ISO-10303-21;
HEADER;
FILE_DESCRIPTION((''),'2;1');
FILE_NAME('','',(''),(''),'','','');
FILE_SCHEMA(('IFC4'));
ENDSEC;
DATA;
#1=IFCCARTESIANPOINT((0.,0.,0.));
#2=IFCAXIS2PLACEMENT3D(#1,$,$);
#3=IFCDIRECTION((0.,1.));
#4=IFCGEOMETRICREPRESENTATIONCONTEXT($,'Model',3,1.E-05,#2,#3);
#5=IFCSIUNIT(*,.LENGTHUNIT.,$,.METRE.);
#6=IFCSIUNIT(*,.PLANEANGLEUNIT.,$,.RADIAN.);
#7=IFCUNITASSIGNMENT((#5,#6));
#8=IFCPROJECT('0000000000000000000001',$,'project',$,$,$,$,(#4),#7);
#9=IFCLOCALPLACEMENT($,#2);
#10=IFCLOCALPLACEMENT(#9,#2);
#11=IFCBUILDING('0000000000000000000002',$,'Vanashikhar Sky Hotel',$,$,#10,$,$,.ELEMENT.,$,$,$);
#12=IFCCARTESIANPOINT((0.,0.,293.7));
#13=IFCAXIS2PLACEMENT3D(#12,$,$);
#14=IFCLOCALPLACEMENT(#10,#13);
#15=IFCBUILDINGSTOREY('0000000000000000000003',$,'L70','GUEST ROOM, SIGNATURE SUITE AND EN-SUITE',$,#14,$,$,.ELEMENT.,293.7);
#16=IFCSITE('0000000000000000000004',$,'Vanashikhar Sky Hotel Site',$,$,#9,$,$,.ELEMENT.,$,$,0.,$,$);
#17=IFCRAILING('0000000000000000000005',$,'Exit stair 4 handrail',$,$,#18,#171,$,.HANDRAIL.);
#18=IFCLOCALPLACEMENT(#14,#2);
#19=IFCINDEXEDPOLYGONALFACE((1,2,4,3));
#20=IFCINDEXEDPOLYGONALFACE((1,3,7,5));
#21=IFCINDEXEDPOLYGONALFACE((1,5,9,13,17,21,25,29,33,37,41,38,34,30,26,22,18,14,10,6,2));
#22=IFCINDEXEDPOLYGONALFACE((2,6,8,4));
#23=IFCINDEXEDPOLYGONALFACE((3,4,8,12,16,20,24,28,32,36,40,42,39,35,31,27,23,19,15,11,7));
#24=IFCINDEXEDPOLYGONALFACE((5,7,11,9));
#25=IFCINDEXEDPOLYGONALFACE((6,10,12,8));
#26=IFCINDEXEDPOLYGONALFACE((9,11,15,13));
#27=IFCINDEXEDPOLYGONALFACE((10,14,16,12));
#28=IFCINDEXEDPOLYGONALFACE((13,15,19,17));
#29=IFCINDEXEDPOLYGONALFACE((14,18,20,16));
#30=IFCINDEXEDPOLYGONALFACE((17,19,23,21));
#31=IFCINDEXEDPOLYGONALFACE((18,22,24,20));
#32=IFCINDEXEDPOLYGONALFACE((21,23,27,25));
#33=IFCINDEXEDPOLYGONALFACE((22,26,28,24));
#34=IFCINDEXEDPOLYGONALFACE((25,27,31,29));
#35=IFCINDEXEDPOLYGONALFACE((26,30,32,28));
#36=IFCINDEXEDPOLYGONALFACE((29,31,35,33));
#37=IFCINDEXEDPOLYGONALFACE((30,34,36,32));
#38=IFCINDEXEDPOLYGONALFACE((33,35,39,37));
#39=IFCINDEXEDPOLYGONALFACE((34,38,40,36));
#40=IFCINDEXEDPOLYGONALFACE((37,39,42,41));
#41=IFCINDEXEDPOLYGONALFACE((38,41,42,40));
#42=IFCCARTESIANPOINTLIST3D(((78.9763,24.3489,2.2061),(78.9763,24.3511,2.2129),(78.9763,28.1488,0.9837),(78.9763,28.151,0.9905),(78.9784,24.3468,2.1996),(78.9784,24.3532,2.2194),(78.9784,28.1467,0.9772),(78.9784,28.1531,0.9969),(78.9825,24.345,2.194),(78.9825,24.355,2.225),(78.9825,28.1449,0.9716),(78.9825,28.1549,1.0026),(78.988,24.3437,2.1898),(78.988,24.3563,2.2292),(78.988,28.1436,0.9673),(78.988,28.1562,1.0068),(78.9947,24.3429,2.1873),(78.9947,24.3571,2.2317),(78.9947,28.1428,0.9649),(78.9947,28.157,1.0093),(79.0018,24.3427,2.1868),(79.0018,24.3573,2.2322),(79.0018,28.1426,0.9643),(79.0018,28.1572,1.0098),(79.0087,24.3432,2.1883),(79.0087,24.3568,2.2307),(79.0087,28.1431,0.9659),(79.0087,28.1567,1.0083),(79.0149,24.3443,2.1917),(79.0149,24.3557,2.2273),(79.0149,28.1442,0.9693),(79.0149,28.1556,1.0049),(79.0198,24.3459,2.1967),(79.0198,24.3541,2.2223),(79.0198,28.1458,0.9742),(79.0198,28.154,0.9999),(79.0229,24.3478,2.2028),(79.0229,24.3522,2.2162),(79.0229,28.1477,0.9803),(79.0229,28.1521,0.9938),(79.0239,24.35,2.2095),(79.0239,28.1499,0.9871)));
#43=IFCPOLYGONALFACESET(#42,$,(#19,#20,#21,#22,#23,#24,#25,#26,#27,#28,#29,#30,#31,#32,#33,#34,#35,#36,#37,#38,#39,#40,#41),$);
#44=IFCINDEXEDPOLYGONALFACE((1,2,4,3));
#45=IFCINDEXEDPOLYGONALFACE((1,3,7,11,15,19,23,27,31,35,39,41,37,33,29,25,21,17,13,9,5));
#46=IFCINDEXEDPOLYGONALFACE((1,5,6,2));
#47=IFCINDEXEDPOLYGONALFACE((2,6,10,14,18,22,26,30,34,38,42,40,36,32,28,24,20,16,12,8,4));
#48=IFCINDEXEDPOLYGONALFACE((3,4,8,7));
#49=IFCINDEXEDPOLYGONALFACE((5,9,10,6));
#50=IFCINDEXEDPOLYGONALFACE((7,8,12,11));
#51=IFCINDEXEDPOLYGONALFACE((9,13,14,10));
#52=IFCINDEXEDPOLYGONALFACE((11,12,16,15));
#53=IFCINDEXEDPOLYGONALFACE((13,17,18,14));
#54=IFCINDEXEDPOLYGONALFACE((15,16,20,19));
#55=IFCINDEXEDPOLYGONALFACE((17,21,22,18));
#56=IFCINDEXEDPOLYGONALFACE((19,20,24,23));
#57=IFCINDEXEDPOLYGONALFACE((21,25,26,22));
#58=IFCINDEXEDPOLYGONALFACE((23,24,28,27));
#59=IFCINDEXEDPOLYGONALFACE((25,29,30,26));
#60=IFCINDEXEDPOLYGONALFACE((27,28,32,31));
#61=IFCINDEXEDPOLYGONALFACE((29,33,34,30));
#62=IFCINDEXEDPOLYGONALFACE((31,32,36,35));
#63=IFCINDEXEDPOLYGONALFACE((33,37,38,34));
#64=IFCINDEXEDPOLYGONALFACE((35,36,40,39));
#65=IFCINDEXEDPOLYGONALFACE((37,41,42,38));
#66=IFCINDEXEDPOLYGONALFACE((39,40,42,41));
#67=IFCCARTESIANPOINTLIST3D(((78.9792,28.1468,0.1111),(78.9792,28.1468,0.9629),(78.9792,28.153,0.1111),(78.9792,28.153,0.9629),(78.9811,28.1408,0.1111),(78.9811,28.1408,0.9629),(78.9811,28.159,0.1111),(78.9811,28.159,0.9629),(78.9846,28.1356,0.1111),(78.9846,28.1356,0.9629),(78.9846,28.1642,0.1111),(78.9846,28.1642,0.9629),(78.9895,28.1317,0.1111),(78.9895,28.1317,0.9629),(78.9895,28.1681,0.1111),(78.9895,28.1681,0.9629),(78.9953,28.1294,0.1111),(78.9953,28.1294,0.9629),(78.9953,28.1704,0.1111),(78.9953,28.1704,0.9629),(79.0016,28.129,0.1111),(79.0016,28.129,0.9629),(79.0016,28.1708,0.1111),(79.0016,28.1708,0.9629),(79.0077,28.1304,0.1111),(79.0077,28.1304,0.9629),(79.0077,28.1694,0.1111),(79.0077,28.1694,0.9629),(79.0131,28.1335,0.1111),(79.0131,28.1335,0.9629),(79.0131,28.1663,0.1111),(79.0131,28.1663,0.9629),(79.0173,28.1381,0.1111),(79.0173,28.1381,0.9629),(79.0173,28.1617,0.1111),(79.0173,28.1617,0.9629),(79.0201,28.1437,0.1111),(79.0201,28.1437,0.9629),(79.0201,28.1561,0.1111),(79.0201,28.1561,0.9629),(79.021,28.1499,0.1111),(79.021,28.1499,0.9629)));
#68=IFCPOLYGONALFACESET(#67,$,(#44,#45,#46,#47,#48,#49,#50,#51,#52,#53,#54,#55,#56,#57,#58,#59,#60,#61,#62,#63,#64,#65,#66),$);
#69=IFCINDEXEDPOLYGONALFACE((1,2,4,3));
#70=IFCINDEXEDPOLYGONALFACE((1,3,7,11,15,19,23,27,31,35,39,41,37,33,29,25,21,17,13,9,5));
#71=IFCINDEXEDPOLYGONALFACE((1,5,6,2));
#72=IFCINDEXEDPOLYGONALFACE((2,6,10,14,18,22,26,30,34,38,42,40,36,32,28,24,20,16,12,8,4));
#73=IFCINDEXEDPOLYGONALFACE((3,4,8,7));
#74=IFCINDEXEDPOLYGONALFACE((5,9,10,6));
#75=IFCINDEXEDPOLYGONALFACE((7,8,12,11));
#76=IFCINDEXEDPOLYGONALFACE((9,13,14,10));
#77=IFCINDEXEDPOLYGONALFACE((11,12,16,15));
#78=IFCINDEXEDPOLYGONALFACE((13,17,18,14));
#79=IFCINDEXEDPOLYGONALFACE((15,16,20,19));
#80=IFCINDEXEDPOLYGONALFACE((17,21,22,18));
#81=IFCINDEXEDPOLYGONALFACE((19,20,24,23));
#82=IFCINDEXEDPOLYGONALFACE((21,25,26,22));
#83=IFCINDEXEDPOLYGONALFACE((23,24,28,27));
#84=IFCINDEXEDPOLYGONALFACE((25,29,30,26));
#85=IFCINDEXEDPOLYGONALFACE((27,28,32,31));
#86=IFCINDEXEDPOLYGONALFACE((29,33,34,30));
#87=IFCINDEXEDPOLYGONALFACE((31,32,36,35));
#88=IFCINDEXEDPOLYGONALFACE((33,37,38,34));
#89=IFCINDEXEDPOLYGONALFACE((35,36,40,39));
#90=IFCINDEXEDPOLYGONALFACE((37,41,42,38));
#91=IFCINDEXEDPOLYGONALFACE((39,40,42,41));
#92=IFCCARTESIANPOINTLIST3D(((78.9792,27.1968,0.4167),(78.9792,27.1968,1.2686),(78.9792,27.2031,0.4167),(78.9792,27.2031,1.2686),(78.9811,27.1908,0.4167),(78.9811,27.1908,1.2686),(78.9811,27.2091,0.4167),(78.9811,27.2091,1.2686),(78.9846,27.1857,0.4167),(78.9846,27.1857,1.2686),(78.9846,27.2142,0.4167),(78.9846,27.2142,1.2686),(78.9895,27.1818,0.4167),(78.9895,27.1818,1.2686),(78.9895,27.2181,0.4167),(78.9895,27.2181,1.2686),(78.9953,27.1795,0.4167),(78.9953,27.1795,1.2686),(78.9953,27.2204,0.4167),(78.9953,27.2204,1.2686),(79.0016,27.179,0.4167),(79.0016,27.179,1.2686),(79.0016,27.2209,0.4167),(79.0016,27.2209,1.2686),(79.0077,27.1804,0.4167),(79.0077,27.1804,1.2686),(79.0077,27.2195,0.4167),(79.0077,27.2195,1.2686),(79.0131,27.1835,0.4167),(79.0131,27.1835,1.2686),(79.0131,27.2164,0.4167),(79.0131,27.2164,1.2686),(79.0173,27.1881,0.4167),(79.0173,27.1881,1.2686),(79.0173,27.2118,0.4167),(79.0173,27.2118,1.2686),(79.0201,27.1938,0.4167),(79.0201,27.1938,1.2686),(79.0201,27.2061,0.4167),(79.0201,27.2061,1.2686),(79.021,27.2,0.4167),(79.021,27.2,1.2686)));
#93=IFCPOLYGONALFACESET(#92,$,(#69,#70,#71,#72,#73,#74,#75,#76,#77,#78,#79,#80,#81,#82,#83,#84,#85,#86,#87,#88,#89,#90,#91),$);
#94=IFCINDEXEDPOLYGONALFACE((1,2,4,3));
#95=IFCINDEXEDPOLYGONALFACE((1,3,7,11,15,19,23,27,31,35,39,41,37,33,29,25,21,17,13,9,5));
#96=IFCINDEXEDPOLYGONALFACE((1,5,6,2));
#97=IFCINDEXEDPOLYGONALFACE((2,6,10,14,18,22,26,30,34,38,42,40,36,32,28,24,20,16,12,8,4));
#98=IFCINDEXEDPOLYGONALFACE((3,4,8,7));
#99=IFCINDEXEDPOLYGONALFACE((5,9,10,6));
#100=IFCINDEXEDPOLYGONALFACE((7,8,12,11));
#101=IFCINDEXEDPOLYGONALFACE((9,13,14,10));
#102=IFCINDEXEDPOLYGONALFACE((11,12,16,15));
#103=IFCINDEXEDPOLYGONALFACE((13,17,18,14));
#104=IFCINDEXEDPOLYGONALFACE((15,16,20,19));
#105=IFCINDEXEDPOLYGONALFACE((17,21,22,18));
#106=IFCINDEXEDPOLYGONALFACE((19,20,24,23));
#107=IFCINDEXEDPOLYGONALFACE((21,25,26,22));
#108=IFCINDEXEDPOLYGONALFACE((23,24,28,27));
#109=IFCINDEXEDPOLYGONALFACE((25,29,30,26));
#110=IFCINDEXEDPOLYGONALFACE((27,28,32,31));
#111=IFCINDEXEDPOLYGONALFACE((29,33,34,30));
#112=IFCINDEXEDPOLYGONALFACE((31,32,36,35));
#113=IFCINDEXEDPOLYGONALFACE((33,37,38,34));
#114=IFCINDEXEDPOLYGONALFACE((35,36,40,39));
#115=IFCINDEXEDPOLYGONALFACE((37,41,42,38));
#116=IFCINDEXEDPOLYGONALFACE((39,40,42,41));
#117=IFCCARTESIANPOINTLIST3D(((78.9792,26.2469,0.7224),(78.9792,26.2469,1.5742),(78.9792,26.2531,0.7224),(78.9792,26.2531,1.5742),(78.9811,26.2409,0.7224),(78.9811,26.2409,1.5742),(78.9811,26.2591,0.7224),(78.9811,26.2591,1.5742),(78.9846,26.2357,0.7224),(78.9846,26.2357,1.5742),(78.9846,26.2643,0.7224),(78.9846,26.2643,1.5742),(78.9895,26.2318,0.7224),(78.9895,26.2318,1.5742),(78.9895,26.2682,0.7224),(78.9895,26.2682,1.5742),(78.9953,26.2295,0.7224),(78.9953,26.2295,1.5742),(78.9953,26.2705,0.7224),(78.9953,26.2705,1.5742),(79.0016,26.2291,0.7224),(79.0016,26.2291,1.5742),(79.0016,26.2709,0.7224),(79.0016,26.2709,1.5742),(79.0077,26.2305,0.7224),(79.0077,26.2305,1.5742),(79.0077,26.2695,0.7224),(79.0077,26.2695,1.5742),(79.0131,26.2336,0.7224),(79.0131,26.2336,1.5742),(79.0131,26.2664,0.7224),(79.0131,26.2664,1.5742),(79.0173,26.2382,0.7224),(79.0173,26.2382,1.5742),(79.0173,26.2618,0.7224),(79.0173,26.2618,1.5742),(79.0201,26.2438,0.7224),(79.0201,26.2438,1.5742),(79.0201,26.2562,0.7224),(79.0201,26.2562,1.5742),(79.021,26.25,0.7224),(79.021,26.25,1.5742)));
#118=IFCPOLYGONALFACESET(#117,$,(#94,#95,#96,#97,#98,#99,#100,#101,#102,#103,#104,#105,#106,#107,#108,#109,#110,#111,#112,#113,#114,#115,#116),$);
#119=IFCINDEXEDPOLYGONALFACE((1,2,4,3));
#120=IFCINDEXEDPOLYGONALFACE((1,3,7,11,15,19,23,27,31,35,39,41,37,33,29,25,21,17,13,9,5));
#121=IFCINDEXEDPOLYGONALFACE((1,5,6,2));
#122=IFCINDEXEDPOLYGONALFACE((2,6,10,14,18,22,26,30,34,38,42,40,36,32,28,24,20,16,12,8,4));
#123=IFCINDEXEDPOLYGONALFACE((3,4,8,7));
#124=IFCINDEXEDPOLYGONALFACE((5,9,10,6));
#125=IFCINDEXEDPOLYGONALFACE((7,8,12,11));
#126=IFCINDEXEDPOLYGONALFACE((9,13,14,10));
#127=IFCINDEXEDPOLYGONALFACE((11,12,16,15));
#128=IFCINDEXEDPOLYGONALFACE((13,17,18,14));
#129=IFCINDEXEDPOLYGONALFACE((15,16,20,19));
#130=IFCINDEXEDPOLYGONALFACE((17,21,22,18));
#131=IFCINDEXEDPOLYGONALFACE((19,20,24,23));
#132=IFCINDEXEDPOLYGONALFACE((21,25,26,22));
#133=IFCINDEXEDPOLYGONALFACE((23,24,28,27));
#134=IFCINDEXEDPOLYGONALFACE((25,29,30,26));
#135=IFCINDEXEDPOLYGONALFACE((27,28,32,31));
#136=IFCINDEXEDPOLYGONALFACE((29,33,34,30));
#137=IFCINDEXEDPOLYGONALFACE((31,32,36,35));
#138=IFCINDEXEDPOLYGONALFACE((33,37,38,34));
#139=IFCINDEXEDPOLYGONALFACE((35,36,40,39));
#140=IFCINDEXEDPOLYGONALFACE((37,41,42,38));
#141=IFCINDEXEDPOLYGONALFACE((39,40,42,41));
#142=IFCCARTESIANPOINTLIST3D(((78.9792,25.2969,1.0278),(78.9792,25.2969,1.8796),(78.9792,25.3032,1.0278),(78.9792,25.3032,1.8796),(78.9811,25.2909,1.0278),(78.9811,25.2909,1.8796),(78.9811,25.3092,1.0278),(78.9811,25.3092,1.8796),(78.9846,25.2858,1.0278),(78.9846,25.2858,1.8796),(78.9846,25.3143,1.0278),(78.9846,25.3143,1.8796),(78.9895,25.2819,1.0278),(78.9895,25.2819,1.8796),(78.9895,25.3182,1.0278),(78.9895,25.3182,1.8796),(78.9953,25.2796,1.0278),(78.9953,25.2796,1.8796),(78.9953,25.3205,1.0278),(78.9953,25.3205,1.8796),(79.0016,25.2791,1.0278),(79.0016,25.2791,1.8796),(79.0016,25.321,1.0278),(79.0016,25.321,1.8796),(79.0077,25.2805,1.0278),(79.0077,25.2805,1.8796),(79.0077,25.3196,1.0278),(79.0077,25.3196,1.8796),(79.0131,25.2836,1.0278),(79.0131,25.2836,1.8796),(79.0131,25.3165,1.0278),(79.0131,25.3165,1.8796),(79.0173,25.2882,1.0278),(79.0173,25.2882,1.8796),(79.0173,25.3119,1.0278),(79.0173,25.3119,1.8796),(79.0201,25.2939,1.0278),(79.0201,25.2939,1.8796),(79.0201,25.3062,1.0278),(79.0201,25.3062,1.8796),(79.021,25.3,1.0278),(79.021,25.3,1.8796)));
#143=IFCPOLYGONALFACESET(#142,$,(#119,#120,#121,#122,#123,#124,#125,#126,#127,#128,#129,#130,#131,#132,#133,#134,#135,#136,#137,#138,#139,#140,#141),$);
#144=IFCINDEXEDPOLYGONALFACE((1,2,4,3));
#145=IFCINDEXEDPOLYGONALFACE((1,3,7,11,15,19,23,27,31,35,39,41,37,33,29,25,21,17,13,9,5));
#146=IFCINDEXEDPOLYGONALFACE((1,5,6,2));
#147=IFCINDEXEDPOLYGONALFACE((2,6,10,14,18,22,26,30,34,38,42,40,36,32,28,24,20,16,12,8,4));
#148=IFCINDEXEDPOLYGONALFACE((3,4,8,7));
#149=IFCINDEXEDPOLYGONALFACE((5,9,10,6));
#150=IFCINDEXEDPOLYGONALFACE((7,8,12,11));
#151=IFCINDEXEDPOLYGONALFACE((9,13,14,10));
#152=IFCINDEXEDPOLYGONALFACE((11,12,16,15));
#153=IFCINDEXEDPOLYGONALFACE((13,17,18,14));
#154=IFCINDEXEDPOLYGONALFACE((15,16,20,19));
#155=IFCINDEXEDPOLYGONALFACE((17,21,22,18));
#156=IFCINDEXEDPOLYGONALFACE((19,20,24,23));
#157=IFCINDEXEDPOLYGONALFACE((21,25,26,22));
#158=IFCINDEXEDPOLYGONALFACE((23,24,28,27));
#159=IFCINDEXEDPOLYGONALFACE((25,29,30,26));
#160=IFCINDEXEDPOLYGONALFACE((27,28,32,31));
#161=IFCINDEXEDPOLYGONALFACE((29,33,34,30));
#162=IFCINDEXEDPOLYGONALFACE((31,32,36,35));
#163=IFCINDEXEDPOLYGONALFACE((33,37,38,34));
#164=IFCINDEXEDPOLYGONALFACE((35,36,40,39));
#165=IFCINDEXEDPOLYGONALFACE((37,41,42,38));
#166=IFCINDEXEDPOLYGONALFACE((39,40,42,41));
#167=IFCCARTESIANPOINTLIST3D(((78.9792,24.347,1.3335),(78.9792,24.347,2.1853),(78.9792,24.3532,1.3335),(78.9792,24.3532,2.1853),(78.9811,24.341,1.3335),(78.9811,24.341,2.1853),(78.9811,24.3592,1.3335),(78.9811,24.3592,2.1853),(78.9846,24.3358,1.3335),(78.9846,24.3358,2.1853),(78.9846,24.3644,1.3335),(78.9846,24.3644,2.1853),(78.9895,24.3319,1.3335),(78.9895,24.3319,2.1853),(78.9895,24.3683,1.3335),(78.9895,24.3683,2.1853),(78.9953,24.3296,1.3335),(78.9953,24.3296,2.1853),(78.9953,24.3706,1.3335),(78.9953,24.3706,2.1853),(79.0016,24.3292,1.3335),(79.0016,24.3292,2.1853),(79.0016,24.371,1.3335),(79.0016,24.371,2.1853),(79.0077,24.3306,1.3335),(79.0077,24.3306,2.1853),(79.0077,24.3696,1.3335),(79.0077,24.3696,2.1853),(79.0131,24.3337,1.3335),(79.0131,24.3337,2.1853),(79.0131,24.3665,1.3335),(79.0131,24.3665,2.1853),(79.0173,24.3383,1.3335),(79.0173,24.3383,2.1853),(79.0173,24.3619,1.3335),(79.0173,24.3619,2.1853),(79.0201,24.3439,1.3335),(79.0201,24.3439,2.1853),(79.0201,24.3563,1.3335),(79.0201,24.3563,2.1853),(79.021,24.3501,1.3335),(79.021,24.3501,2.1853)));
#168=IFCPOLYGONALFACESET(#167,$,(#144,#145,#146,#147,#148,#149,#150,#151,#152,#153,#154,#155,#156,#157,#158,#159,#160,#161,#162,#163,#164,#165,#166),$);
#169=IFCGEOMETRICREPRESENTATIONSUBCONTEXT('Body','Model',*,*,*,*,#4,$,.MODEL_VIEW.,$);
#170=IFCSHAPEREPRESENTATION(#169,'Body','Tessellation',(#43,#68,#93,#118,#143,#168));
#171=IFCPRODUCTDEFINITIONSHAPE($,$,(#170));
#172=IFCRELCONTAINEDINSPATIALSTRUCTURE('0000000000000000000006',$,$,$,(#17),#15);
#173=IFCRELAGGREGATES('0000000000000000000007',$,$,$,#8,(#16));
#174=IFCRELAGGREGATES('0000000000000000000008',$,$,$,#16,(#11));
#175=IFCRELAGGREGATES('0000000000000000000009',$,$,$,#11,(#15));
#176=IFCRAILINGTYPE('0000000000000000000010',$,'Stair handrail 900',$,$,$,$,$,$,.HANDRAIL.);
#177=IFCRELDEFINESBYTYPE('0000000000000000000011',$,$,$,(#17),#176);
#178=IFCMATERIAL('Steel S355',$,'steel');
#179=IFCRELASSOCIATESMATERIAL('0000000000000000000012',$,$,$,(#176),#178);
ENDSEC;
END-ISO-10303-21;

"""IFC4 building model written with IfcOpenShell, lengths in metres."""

from ifc_helpers import new_model, si_unit, direction, frame, origin, origin_2d, place, context, subcontext, project, spatial, circle, extrude, source, transform, mapped, material, type_object, element, save


model = new_model("IFC4")

# Units and contexts
model_context = context("Model", 3, precision=1e-05, world=origin(), true_north=direction((0.0, 1.0)))
body_context = subcontext(model_context, "Body", "Model", "MODEL_VIEW")
ifc_project = project(units=[si_unit("LENGTHUNIT", "METRE"), si_unit("PLANEANGLEUNIT", "RADIAN")], contexts=[model_context])

# Site, building, storey
site_placement = place(None, origin())
site = spatial("IfcSite", under=ifc_project, at=site_placement, Name="Vanashikhar Sky Hotel Site", CompositionType="ELEMENT", RefElevation=0.0)
building_placement = place(site_placement, origin())
building = spatial("IfcBuilding", under=site, at=building_placement, Name="Vanashikhar Sky Hotel", CompositionType="ELEMENT")
storey_placement = place(building_placement, frame((0.0, 0.0, 293.7)))
storey = spatial("IfcBuildingStorey", under=building, at=storey_placement, Name="L70", Description="GUEST ROOM, SIGNATURE SUITE AND EN-SUITE", CompositionType="ELEMENT", Elevation=293.7)

# Railing
ifc_material_1 = material(Name="Steel S355", Category="steel")
railing_type_1 = type_object("IfcRailingType", Name="Stair handrail 900", PredefinedType="HANDRAIL", material=ifc_material_1)
shared_shape_1 = source(origin(), body_context, "Body", "SweptSolid", [
    extrude(circle(Radius=0.0239, at=origin_2d()), frame((0.0, 0.0, 0.876), z_axis=(0.0, -0.951952, 0.306247), x_axis=(1.0, 0.0, 0.0)), (0.0, 0.0, 1.0), 3.9917),
    extrude(circle(Radius=0.021, at=origin_2d()), origin(), (0.0, 0.0, 1.0), 0.8518),
    extrude(circle(Radius=0.021, at=origin_2d()), frame((0.0, -0.95, 0.3057)), (0.0, 0.0, 1.0), 0.8518),
    extrude(circle(Radius=0.021, at=origin_2d()), frame((0.0, -1.8999, 0.6113)), (0.0, 0.0, 1.0), 0.8518),
    extrude(circle(Radius=0.021, at=origin_2d()), frame((0.0, -2.8499, 0.9167)), (0.0, 0.0, 1.0), 0.8518),
    extrude(circle(Radius=0.021, at=origin_2d()), frame((0.0, -3.7998, 1.2224)), (0.0, 0.0, 1.0), 0.8518),
])
railing_1_placement = place(storey_placement, frame((79.0, 28.1499, 0.1111)))
element("IfcRailing", 1, at=railing_1_placement, inside=storey, type_object=railing_type_1, Name="Exit stair 4 handrail", PredefinedType="HANDRAIL", context=body_context, shape_type="MappedRepresentation", body=[
    mapped(shared_shape_1, transform((0.0, 0.0, 0.0), scale=1.0)),
])

save(model, "model.ifc")
